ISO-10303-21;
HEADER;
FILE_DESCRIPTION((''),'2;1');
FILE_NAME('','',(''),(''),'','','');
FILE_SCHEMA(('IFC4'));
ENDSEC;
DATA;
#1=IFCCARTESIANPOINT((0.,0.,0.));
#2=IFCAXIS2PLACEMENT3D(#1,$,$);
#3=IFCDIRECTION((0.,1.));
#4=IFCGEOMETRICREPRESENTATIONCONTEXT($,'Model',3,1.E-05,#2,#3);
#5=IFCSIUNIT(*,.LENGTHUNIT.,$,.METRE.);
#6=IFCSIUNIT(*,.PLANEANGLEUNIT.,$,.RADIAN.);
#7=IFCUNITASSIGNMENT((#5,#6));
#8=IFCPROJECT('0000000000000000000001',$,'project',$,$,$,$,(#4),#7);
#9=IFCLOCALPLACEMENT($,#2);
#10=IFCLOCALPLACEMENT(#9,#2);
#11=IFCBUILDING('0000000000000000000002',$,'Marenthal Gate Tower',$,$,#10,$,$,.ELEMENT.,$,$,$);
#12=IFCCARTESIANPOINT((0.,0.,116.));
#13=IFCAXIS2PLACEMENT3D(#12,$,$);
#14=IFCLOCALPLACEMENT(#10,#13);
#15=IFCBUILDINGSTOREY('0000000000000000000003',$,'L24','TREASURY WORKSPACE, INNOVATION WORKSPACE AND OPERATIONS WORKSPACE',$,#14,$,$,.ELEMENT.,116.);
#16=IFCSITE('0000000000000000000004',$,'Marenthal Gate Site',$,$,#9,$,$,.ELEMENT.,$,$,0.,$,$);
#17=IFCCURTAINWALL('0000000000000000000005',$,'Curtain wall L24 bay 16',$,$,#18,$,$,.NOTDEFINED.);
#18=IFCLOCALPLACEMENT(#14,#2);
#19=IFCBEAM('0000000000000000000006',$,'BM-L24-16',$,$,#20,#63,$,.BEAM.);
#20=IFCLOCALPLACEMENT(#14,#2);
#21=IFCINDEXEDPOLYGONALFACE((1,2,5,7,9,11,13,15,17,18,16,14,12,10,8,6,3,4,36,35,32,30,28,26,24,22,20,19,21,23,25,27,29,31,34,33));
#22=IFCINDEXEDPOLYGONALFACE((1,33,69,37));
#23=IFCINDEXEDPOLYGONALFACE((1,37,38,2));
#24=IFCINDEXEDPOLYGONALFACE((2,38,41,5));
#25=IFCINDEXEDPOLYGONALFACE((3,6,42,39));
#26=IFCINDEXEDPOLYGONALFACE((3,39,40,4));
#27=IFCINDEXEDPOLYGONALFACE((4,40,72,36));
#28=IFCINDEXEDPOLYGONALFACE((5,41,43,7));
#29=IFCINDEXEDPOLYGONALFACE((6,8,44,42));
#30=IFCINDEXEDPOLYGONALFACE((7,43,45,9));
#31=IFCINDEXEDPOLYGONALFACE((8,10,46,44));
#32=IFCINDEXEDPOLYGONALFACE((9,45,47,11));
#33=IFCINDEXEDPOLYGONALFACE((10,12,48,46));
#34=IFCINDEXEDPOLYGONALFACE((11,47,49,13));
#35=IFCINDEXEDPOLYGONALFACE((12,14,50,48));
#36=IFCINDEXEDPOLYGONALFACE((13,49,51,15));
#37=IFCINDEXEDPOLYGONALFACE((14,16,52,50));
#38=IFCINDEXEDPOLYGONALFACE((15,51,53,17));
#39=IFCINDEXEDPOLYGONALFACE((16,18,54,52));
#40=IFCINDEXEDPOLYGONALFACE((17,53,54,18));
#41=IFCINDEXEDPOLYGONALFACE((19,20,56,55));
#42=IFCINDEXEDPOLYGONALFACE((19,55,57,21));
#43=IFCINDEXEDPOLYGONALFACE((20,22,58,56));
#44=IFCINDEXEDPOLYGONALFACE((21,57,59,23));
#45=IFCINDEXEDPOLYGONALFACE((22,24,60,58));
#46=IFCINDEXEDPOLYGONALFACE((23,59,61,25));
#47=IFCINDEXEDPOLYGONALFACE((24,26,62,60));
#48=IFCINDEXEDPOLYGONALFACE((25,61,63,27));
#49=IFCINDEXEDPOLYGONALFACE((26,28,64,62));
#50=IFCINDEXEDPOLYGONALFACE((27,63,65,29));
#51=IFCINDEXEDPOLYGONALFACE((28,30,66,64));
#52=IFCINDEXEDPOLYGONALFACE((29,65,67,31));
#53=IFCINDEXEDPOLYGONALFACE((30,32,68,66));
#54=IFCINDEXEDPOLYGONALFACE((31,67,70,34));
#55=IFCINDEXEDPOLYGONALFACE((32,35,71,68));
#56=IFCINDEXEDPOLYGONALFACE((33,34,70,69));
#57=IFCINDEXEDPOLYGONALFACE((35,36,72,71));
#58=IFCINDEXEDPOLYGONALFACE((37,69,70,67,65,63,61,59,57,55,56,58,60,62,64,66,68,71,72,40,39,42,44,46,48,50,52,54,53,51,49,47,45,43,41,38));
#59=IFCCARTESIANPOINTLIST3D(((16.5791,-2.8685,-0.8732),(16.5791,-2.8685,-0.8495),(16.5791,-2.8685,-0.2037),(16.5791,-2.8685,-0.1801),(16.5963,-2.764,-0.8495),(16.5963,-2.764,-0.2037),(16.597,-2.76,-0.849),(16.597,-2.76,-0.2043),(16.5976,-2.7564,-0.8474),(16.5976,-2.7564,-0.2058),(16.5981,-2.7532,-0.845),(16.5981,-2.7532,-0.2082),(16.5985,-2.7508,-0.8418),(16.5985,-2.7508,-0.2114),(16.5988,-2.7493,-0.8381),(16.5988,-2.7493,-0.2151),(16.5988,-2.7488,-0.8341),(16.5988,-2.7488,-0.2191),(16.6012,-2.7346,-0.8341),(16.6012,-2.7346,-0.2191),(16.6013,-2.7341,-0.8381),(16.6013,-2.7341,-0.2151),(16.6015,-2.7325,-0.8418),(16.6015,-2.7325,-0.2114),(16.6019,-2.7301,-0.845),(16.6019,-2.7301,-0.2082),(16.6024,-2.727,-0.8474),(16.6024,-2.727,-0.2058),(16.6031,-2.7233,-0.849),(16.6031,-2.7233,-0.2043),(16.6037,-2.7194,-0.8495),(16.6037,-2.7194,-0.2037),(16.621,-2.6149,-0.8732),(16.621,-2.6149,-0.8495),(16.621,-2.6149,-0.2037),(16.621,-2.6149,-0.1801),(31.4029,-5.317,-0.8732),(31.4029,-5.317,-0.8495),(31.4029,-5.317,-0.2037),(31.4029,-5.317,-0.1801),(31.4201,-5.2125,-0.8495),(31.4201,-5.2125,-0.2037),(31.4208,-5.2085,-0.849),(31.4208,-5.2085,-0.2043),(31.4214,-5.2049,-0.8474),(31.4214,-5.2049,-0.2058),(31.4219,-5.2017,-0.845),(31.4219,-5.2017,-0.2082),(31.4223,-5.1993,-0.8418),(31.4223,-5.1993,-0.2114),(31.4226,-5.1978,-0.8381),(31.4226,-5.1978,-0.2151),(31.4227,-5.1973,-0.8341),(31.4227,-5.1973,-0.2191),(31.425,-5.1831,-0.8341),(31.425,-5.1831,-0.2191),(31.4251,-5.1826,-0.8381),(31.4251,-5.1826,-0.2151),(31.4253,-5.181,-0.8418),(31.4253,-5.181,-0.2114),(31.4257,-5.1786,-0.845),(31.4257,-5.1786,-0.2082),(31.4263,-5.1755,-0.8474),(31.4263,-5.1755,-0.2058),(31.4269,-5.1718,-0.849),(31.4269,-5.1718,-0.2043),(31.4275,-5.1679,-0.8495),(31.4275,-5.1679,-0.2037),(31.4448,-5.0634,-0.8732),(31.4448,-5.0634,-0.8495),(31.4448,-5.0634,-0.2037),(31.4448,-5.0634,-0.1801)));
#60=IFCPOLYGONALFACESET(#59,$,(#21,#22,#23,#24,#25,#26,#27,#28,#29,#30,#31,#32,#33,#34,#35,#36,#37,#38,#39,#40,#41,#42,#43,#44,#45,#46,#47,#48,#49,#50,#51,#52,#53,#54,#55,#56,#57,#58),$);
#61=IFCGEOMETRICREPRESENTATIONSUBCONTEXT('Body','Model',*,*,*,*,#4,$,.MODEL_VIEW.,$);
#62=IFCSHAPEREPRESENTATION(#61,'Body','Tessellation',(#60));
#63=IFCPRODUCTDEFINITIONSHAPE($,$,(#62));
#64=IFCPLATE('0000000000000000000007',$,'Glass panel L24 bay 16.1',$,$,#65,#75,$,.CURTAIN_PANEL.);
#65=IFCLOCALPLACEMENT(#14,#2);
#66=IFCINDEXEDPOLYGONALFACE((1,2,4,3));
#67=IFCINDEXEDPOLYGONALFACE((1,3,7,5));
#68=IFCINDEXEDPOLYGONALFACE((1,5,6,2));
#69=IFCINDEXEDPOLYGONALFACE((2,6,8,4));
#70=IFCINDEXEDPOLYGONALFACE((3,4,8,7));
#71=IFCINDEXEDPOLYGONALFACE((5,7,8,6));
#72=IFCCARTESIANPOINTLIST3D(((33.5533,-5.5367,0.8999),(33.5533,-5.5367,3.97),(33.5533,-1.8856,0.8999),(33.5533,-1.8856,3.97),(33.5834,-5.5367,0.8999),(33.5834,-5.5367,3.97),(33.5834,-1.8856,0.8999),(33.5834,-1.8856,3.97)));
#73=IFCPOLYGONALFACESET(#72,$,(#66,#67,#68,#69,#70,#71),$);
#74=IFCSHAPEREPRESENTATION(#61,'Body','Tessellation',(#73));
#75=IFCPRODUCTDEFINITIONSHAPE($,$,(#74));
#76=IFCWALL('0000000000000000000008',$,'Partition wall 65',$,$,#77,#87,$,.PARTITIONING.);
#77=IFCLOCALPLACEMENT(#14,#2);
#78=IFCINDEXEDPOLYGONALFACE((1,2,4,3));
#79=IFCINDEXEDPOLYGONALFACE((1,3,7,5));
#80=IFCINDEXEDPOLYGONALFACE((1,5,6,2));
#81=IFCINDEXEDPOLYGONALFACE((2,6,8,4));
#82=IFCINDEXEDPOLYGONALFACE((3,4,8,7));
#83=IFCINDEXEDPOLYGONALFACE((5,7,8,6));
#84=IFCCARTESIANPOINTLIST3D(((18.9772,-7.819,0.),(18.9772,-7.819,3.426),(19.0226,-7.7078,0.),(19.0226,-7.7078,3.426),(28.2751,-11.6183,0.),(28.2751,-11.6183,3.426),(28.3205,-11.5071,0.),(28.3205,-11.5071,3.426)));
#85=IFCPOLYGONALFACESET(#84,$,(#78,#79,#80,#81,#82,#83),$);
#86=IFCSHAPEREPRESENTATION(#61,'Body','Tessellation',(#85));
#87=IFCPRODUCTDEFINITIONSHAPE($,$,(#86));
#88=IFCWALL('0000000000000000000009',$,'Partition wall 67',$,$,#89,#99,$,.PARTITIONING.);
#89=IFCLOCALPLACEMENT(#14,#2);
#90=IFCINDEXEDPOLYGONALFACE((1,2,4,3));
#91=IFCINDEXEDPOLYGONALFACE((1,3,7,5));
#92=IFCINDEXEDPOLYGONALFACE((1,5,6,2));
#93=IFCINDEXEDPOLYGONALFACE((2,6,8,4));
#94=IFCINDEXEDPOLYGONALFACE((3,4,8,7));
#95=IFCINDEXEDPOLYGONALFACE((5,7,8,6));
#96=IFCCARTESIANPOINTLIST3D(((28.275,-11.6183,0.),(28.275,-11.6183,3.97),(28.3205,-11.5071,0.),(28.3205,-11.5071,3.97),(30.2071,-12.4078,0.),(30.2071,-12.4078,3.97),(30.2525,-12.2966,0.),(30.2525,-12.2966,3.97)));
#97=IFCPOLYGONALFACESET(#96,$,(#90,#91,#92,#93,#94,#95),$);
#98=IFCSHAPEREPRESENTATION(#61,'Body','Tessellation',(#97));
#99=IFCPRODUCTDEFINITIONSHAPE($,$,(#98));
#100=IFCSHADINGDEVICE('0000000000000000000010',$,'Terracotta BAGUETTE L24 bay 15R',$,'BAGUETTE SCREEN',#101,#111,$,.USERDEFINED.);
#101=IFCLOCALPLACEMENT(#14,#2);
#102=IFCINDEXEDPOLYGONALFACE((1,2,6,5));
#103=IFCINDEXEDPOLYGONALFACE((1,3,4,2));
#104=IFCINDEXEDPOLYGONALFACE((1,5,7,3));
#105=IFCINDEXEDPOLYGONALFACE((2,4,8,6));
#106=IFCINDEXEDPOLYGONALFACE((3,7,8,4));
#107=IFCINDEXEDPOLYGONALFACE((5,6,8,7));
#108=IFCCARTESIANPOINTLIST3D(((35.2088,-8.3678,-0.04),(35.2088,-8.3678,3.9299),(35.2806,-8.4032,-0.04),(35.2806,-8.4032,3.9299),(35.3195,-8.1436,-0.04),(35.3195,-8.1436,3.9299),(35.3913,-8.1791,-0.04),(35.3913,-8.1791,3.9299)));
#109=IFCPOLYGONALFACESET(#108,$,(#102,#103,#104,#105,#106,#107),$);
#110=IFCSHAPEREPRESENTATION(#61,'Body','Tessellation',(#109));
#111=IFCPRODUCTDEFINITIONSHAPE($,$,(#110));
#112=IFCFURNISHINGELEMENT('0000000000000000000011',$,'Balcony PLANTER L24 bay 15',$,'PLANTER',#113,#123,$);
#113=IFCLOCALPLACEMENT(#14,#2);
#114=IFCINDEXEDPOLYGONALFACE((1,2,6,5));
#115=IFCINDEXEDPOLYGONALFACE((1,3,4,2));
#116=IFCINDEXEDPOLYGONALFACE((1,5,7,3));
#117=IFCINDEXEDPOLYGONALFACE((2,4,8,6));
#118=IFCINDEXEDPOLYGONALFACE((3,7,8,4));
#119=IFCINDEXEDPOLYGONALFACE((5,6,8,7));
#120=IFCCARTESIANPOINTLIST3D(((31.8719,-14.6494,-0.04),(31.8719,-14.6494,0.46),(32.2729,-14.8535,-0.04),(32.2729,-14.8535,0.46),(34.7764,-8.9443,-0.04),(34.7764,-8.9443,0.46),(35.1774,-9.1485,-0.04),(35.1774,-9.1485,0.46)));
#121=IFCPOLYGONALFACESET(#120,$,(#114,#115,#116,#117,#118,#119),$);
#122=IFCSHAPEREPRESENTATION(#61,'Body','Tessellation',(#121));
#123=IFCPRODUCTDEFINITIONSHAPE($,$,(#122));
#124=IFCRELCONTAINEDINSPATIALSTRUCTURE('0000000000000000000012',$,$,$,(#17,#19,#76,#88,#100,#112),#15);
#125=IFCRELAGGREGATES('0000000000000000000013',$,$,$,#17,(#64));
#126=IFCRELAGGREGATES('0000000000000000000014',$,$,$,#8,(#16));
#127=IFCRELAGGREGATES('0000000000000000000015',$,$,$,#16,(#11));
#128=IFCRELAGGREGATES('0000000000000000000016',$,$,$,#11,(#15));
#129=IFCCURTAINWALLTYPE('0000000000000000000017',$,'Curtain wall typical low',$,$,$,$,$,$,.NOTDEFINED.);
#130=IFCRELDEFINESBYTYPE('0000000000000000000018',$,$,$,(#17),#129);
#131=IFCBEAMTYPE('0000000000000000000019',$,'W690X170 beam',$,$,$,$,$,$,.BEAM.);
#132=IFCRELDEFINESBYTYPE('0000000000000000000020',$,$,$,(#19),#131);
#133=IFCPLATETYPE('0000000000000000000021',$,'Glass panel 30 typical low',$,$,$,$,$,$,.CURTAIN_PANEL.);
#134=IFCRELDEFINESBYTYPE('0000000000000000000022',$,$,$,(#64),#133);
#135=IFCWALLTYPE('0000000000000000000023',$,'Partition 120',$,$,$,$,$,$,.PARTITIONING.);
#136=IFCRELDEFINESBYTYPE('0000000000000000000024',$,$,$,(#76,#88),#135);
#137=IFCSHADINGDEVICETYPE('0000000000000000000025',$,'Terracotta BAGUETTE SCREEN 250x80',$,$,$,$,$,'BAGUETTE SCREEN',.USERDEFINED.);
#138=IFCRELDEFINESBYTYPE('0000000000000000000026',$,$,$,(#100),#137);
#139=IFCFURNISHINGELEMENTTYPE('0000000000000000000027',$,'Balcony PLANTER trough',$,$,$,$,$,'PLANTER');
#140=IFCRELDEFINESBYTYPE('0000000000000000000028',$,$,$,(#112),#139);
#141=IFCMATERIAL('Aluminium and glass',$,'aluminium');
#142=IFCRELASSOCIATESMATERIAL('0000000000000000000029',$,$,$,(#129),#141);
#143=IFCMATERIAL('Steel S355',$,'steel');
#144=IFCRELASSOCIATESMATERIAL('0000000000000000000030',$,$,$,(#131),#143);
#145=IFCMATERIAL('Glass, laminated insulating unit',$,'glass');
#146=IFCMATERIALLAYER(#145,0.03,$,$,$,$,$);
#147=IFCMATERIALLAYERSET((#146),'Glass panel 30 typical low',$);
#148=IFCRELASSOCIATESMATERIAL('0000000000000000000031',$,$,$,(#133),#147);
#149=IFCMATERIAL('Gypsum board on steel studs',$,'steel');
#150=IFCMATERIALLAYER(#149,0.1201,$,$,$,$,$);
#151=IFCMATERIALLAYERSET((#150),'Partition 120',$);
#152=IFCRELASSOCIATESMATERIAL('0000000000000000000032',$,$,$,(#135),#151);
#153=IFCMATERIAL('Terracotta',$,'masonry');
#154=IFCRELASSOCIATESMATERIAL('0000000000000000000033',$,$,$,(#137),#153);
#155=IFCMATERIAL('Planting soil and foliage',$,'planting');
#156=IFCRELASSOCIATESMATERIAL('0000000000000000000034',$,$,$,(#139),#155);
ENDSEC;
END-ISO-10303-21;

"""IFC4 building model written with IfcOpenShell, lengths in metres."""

from ifc_helpers import new_model, si_unit, direction, frame, frame_2d, origin, origin_2d, place, context, subcontext, project, spatial, rectangle, i_section, extrude, material, layer, layer_set, material_profile, profile_set, type_object, element, aggregate, save


model = new_model("IFC4")

# Units and contexts
model_context = context("Model", 3, precision=1e-05, world=origin(), true_north=direction((0.0, 1.0)))
body_context = subcontext(model_context, "Body", "Model", "MODEL_VIEW")
ifc_project = project(units=[si_unit("LENGTHUNIT", "METRE"), si_unit("PLANEANGLEUNIT", "RADIAN")], contexts=[model_context])

# Site, building, storey
site_placement = place(None, origin())
site = spatial("IfcSite", under=ifc_project, at=site_placement, Name="Marenthal Gate Site", CompositionType="ELEMENT", RefElevation=0.0)
building_placement = place(site_placement, origin())
building = spatial("IfcBuilding", under=site, at=building_placement, Name="Marenthal Gate Tower", CompositionType="ELEMENT")
storey_placement = place(building_placement, frame((0.0, 0.0, 116.0)))
storey = spatial("IfcBuildingStorey", under=building, at=storey_placement, Name="L24", Description="TREASURY WORKSPACE, INNOVATION WORKSPACE AND OPERATIONS WORKSPACE", CompositionType="ELEMENT", Elevation=116.0)

# Curtain wall
ifc_material_1 = material(Name="Aluminium and glass", Category="aluminium")
curtain_wall_type = type_object("IfcCurtainWallType", Name="Curtain wall typical low", PredefinedType="NOTDEFINED", material=ifc_material_1)
curtain_wall_placement = place(storey_placement, origin())
curtain_wall = element("IfcCurtainWall", 1, at=curtain_wall_placement, inside=storey, type_object=curtain_wall_type, Name="Curtain wall L24 bay 16", PredefinedType="NOTDEFINED")

# Beam
ifc_material_2 = material(Name="Steel S355", Category="steel")
ifc_material_profile_1 = material_profile(ifc_material_2, i_section(OverallWidth=0.2571, OverallDepth=0.6931, WebThickness=0.0144, FlangeThickness=0.0237, FilletRadius=0.0154, at=origin_2d()), Name="W690X170")
ifc_profile_set_1 = profile_set([ifc_material_profile_1], Name="Steel S355")
beam_type_1 = type_object("IfcBeamType", Name="W690X170 beam", PredefinedType="BEAM", material=ifc_profile_set_1)
beam_1_placement = place(storey_placement, frame((31.4238, -5.1902, -0.5266), z_axis=(-0.986632, 0.162965, 0.0), x_axis=(-0.162965, -0.986632, 0.0)))
element("IfcBeam", 2, at=beam_1_placement, inside=storey, type_object=beam_type_1, Name="BM-L24-16", PredefinedType="BEAM", context=body_context, shape_type="SweptSolid", body=[
    extrude(i_section(OverallWidth=0.2571, OverallDepth=0.6931, WebThickness=0.0144, FlangeThickness=0.0237, FilletRadius=0.0154, at=origin_2d()), origin(), (0.0, 0.0, 1.0), 15.0247),
])

# Plate
ifc_material_3 = material(Name="Glass, laminated insulating unit", Category="glass")
ifc_layer_1 = layer(ifc_material_3, 0.03)
ifc_layer_set_1 = layer_set([ifc_layer_1], Name="Glass panel 30 typical low")
plate_type = type_object("IfcPlateType", Name="Glass panel 30 typical low", PredefinedType="CURTAIN_PANEL", material=ifc_layer_set_1)
plate_placement = place(storey_placement, frame((33.5684, -3.7112, 0.8999), z_axis=(0.0, 0.0, 1.0), x_axis=(0.0, 1.0, 0.0)))
plate = element("IfcPlate", 3, at=plate_placement, type_object=plate_type, Name="Glass panel L24 bay 16.1", PredefinedType="CURTAIN_PANEL", context=body_context, shape_type="SweptSolid", body=[
    extrude(rectangle(XDim=3.6511, YDim=0.03, at=origin_2d()), origin(), (0.0, 0.0, 1.0), 3.0701),
])
aggregate(curtain_wall, [plate])

# Walls
ifc_material_4 = material(Name="Gypsum board on steel studs", Category="steel")
ifc_layer_2 = layer(ifc_material_4, 0.1201)
ifc_layer_set_2 = layer_set([ifc_layer_2], Name="Partition 120")
wall_type = type_object("IfcWallType", Name="Partition 120", PredefinedType="PARTITIONING", material=ifc_layer_set_2)
wall_1_placement = place(storey_placement, frame((19.0, -7.7634, 0.0), z_axis=(0.0, 0.0, 1.0), x_axis=(0.925699, -0.378262, 0.0)))
element("IfcWall", 4, at=wall_1_placement, inside=storey, type_object=wall_type, Name="Partition wall 65", PredefinedType="PARTITIONING", context=body_context, shape_type="SweptSolid", body=[
    extrude(rectangle(XDim=10.0442, YDim=0.1201, at=frame_2d((5.022, 0.0))), origin(), (0.0, 0.0, 1.0), 3.426),
])
wall_2_placement = place(storey_placement, frame((28.2979, -11.5627, 0.0), z_axis=(0.0, 0.0, 1.0), x_axis=(0.925692, -0.378278, 0.0)))
element("IfcWall", 5, at=wall_2_placement, inside=storey, type_object=wall_type, Name="Partition wall 67", PredefinedType="PARTITIONING", context=body_context, shape_type="SweptSolid", body=[
    extrude(rectangle(XDim=2.0872, YDim=0.1201, at=frame_2d((1.0435, 0.0))), origin(), (0.0, 0.0, 1.0), 3.97),
])

# Shading device
ifc_material_5 = material(Name="Terracotta", Category="masonry")
ifc_material_profile_2 = material_profile(ifc_material_5, rectangle(XDim=0.25, YDim=0.0801, at=origin_2d()), Name="Terracotta baguette 250x80")
ifc_profile_set_2 = profile_set([ifc_material_profile_2], Name="Terracotta")
shading_device_type = type_object("IfcShadingDeviceType", Name="Terracotta BAGUETTE SCREEN 250x80", ElementType="BAGUETTE SCREEN", PredefinedType="USERDEFINED", material=ifc_profile_set_2)
shading_device_placement = place(storey_placement, frame((35.3, -8.2734, -0.04), z_axis=(0.0, 0.0, 1.0), x_axis=(0.442731, 0.896654, 0.0)))
element("IfcShadingDevice", 6, at=shading_device_placement, inside=storey, type_object=shading_device_type, Name="Terracotta BAGUETTE L24 bay 15R", ObjectType="BAGUETTE SCREEN", PredefinedType="USERDEFINED", context=body_context, shape_type="SweptSolid", body=[
    extrude(rectangle(XDim=0.25, YDim=0.0801, at=origin_2d()), origin(), (0.0, 0.0, 1.0), 3.97),
])

# Furnishing element
ifc_material_6 = material(Name="Planting soil and foliage", Category="planting")
furnishing_element_type = type_object("IfcFurnishingElementType", Name="Balcony PLANTER trough", ElementType="PLANTER", material=ifc_material_6)
furnishing_placement = place(storey_placement, frame((33.5247, -11.8989, -0.04), z_axis=(0.0, 0.0, 1.0), x_axis=(0.453688, 0.891161, 0.0)))
element("IfcFurnishingElement", 7, at=furnishing_placement, inside=storey, type_object=furnishing_element_type, Name="Balcony PLANTER L24 bay 15", ObjectType="PLANTER", context=body_context, shape_type="SweptSolid", body=[
    extrude(rectangle(XDim=6.4019, YDim=0.45, at=origin_2d()), origin(), (0.0, 0.0, 1.0), 0.5),
])

save(model, "model.ifc")
